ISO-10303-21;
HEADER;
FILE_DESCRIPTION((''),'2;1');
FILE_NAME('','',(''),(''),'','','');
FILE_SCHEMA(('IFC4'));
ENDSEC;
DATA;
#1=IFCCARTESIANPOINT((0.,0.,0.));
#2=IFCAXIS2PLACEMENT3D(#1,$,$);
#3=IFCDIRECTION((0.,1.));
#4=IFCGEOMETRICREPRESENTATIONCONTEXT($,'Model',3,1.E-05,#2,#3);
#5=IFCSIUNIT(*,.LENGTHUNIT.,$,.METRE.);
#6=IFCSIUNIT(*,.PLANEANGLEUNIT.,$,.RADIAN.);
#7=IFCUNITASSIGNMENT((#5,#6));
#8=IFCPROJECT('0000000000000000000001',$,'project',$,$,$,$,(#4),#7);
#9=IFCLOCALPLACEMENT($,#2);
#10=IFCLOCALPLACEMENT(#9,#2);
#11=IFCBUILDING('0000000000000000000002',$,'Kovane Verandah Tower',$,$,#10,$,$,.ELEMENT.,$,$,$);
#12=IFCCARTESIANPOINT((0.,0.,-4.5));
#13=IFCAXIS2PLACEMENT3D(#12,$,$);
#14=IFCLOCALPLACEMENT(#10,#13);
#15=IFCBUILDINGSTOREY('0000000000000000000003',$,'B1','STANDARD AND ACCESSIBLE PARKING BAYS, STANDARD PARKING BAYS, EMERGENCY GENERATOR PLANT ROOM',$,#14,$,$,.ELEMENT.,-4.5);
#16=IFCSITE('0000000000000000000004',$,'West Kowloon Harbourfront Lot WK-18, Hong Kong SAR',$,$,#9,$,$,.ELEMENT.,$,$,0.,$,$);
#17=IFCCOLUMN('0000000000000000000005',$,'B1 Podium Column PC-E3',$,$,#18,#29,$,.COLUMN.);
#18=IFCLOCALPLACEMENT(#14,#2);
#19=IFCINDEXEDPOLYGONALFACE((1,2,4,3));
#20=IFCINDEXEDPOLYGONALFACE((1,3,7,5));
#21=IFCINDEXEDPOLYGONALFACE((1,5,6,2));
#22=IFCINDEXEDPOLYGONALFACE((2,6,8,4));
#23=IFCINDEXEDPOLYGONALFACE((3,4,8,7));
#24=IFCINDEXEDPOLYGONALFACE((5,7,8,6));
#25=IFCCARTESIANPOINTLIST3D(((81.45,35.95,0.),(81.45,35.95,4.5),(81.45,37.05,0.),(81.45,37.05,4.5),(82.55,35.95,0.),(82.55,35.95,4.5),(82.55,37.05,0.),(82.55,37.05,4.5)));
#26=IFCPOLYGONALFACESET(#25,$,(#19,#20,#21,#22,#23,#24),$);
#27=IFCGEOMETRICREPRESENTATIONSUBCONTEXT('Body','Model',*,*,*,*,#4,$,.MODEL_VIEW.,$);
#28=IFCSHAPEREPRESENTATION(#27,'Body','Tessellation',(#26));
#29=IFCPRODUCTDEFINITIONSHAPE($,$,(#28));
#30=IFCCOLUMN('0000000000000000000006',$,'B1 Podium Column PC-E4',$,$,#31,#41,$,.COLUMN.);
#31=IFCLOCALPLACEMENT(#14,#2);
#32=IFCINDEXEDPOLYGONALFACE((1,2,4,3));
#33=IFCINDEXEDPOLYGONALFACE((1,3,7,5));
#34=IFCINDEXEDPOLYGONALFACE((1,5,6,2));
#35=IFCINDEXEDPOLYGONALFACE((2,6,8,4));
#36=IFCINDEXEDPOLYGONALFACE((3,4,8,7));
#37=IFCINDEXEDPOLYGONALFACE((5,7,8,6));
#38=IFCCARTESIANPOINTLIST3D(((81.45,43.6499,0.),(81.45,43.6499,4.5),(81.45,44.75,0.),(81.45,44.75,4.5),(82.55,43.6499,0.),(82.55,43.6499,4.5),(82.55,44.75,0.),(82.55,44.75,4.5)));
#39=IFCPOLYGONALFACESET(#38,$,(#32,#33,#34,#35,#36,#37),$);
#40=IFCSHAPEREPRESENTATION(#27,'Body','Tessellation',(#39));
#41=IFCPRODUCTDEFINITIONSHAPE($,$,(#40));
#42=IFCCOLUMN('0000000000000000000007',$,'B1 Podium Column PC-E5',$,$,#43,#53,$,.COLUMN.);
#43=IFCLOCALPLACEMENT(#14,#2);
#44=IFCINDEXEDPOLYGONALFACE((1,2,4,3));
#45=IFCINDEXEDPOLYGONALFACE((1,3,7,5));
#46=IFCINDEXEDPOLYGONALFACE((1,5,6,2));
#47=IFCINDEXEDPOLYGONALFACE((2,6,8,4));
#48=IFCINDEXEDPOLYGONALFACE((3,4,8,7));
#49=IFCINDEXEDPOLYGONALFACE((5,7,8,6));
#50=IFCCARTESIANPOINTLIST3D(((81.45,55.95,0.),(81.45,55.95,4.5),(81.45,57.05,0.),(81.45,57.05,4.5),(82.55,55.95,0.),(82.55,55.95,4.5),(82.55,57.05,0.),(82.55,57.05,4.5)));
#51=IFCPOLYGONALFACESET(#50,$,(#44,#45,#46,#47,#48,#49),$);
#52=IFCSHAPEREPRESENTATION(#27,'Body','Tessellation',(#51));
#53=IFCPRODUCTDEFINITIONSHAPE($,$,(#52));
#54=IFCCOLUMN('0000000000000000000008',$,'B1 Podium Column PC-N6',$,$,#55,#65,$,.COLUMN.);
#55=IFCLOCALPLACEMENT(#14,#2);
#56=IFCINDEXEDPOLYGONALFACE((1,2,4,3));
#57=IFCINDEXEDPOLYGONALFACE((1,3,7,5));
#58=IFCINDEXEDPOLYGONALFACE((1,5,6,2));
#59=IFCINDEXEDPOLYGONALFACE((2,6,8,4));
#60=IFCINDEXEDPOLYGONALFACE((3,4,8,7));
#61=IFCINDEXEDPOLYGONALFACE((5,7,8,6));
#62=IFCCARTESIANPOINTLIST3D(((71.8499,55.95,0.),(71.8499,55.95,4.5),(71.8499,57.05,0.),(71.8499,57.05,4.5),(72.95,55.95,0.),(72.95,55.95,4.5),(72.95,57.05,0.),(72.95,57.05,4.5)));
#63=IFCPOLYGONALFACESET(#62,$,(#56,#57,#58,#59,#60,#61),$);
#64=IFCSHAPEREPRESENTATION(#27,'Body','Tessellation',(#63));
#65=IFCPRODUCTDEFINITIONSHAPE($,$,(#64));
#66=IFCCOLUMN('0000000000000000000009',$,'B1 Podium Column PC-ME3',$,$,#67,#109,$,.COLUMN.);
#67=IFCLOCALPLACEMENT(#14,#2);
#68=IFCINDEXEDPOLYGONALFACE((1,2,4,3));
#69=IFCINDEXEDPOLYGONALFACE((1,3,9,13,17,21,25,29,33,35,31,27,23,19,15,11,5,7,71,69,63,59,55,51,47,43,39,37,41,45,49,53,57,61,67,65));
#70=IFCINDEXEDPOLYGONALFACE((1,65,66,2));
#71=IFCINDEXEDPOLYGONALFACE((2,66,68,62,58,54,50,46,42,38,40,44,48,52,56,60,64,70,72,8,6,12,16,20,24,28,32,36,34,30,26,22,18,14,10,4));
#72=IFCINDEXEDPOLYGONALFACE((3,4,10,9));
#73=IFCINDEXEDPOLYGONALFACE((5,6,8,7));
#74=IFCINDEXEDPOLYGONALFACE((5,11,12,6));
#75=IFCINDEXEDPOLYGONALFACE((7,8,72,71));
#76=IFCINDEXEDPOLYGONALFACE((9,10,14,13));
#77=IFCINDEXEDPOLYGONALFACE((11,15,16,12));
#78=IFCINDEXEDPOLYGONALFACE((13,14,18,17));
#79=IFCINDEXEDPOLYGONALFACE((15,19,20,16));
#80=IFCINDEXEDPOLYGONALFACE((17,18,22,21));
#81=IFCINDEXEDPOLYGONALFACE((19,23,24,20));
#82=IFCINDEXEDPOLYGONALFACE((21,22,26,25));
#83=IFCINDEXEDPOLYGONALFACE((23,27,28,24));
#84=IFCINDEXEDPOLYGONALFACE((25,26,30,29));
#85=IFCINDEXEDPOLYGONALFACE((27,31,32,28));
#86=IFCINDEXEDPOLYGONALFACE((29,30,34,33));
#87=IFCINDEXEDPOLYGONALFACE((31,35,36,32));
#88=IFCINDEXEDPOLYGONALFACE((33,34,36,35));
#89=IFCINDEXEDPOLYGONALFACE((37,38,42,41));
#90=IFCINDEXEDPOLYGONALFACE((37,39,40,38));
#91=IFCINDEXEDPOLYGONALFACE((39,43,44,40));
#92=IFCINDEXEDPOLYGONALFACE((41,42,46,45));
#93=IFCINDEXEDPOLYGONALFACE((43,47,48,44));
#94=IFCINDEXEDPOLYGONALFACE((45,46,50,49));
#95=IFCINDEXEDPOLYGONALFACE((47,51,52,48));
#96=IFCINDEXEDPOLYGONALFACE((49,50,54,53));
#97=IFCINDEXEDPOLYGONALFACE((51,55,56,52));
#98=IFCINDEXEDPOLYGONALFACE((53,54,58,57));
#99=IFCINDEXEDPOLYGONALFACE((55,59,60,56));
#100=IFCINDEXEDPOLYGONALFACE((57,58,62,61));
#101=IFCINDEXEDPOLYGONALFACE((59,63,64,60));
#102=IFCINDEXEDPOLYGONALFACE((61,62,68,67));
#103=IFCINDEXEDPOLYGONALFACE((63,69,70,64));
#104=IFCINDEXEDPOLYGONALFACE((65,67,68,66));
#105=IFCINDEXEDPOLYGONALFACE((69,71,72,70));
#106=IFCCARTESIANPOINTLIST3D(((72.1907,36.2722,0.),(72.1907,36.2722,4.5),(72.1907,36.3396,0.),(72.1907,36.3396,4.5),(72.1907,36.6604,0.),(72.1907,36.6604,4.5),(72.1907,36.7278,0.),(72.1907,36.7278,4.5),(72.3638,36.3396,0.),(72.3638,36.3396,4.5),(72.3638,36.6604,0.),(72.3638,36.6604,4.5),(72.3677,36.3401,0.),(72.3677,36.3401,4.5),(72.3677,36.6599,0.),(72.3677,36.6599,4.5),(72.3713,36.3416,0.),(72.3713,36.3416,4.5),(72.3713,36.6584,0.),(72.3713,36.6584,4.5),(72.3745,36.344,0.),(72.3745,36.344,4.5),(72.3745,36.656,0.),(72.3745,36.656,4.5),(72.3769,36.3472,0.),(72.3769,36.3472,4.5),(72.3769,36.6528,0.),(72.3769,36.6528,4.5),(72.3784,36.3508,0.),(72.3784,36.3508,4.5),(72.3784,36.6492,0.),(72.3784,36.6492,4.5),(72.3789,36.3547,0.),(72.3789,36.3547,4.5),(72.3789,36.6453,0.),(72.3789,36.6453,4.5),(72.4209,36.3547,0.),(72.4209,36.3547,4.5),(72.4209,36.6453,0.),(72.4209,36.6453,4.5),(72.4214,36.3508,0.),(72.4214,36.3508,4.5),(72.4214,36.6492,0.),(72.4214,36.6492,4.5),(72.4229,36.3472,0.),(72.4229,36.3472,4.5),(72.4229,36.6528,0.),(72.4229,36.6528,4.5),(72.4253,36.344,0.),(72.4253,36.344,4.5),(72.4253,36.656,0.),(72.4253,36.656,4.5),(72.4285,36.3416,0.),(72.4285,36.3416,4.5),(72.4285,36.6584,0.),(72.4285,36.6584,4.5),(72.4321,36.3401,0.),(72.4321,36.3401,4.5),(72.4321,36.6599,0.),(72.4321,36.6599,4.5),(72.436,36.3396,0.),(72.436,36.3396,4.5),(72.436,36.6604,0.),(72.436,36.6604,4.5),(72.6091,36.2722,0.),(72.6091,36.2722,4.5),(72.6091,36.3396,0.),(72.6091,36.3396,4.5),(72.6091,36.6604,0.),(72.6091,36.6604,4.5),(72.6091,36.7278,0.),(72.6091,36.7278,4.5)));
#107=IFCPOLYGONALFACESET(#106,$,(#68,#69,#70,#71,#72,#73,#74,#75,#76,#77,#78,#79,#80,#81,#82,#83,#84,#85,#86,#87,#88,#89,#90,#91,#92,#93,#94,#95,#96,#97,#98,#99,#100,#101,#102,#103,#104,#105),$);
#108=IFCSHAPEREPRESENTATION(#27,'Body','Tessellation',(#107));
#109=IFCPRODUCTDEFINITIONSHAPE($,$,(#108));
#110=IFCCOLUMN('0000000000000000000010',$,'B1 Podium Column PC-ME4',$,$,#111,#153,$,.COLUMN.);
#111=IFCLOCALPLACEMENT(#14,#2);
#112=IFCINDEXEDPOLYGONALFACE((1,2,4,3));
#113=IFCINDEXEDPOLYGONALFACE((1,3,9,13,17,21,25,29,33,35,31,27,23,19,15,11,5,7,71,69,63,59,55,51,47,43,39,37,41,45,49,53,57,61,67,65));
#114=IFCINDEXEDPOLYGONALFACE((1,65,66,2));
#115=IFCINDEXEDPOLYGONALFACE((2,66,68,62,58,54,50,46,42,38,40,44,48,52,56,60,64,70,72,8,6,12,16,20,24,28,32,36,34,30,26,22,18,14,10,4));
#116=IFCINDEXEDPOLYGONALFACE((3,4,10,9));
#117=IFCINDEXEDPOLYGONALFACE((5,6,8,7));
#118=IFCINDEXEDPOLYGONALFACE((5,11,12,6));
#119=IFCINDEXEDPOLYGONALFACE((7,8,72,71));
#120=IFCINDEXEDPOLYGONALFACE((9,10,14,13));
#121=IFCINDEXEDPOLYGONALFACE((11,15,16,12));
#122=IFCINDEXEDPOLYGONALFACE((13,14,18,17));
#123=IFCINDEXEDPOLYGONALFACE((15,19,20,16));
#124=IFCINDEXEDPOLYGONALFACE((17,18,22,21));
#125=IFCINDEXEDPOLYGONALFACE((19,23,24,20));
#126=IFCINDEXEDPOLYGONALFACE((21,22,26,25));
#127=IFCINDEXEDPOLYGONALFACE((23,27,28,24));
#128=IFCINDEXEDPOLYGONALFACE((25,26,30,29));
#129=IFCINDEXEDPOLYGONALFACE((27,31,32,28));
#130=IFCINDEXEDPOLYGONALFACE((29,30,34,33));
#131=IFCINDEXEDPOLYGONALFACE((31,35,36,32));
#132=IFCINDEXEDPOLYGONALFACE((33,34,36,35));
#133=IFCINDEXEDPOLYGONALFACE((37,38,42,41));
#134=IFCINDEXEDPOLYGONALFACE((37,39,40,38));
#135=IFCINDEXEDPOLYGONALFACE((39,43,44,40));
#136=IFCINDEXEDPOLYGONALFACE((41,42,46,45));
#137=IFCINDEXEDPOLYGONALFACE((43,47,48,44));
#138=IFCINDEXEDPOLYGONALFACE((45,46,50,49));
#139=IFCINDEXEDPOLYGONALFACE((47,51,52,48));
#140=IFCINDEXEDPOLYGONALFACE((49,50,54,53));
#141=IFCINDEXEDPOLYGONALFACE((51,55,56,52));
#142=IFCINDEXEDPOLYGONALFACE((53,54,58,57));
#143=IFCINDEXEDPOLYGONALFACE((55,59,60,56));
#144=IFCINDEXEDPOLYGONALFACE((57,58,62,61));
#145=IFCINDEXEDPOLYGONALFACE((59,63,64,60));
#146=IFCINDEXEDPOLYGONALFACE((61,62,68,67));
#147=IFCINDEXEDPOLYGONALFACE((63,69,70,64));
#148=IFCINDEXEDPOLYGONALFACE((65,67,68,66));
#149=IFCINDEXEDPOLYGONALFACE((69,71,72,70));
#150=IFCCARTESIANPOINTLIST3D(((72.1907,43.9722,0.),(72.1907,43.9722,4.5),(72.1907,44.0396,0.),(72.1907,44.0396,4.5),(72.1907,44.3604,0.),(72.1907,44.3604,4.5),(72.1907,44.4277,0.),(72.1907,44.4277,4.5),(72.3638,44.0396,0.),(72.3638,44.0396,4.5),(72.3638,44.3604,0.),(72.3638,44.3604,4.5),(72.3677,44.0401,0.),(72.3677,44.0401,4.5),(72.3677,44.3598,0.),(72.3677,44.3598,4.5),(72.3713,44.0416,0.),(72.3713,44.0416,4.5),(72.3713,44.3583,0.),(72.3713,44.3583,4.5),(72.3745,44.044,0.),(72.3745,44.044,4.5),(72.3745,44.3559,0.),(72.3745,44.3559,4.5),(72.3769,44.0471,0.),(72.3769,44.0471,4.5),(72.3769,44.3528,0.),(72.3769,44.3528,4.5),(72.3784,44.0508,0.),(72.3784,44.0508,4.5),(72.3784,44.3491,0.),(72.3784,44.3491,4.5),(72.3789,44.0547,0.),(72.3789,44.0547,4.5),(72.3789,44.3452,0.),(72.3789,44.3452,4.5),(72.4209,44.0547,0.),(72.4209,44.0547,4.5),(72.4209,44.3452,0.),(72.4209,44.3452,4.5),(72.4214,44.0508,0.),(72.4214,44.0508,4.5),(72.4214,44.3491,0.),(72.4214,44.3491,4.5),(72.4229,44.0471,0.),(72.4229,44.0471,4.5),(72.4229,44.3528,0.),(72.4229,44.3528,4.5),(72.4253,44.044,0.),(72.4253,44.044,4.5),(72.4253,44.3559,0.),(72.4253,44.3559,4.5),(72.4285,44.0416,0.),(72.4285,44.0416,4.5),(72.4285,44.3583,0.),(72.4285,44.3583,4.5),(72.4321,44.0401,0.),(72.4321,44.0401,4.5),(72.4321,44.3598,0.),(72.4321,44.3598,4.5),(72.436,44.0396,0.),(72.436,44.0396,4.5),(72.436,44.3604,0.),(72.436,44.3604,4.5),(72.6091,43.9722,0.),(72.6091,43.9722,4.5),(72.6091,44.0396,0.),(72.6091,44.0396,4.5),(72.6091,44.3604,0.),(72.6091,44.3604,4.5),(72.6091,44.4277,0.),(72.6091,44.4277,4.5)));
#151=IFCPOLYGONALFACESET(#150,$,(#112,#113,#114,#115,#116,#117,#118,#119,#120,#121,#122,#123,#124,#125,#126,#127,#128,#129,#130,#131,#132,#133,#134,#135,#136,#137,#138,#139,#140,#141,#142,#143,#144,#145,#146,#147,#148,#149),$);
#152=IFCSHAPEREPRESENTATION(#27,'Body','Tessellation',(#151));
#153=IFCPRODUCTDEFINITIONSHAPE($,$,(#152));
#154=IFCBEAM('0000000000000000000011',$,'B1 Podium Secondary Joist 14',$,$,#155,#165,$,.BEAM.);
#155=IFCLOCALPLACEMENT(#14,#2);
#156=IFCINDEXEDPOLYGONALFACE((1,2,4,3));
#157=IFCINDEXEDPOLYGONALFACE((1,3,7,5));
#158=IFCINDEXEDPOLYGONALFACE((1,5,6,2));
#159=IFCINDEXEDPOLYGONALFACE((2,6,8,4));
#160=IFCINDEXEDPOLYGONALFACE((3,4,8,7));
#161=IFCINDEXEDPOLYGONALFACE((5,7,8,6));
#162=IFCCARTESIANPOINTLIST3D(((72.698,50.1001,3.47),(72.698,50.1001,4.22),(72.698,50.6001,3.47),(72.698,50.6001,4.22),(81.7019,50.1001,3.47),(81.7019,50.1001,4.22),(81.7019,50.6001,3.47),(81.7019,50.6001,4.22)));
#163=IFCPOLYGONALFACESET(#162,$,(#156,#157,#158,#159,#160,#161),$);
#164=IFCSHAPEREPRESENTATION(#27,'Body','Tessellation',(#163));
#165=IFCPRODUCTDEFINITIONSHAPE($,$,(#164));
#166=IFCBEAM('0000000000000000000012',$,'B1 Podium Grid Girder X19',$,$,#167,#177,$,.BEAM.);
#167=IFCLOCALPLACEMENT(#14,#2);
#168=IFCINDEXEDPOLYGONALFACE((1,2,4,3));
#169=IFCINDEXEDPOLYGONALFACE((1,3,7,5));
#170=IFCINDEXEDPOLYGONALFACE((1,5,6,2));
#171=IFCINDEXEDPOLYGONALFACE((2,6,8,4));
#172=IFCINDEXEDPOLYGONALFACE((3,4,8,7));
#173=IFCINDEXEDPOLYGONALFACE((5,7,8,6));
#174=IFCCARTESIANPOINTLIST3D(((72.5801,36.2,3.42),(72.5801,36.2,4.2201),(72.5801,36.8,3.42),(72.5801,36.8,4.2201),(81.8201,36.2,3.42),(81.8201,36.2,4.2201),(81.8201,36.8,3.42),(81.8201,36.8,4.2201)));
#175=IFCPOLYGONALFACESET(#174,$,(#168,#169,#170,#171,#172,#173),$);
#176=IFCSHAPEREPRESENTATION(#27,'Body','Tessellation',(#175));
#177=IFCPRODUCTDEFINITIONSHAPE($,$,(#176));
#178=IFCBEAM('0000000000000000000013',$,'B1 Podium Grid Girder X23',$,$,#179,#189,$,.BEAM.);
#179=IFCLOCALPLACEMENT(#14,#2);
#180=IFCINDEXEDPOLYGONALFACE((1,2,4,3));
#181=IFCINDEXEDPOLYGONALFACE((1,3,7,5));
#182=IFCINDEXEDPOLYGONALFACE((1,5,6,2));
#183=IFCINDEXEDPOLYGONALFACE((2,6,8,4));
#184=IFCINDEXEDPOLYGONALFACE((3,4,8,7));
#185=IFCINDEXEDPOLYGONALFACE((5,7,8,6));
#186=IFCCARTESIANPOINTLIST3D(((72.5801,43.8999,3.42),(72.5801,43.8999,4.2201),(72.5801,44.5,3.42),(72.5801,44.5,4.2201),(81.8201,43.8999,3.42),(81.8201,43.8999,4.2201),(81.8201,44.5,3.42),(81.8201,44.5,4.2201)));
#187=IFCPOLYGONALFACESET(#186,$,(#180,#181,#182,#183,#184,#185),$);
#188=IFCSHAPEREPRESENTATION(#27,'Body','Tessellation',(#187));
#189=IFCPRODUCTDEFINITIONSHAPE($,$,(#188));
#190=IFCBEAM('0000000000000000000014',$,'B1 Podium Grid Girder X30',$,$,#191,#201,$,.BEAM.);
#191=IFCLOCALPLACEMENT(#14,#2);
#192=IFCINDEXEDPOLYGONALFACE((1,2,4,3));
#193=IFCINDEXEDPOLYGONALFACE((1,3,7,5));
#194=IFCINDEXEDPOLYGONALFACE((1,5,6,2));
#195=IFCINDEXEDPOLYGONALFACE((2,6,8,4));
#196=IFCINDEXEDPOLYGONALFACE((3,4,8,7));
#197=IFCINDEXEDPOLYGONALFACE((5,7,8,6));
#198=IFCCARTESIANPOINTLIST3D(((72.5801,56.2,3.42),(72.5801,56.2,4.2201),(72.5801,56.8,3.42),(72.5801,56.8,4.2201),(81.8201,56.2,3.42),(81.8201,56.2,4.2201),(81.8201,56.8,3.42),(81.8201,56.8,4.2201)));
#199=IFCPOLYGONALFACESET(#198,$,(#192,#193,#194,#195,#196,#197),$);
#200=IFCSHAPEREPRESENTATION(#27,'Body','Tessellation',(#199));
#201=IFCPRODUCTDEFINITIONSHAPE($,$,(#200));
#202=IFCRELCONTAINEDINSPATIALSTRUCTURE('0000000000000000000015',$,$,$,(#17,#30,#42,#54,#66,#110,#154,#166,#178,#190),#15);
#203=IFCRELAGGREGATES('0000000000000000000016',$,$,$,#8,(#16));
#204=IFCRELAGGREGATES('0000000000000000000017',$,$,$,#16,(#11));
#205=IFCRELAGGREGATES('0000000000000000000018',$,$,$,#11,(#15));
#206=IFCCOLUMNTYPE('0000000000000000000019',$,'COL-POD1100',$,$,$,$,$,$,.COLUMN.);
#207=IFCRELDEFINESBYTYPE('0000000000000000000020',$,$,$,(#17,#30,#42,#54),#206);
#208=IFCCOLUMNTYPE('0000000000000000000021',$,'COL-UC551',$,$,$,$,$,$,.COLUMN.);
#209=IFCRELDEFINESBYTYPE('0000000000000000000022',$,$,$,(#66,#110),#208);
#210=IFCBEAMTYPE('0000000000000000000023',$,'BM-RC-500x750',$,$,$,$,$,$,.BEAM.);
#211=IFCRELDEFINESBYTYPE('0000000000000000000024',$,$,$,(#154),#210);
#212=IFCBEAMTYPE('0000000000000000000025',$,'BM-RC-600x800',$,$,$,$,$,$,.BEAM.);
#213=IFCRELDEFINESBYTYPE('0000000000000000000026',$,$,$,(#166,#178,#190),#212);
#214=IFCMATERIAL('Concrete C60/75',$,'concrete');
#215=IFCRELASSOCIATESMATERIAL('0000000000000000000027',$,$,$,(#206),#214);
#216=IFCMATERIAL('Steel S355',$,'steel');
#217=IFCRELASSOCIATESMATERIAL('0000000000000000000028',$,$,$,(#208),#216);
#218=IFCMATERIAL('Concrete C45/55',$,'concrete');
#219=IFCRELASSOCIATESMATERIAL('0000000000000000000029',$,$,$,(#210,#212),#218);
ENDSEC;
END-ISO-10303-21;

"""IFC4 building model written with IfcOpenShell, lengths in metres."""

from ifc_helpers import new_model, si_unit, direction, frame, origin, origin_2d, place, context, subcontext, project, spatial, rectangle, i_section, extrude, material, material_profile, profile_set, type_object, element, save


model = new_model("IFC4")

# Units and contexts
model_context = context("Model", 3, precision=1e-05, world=origin(), true_north=direction((0.0, 1.0)))
body_context = subcontext(model_context, "Body", "Model", "MODEL_VIEW")
ifc_project = project(units=[si_unit("LENGTHUNIT", "METRE"), si_unit("PLANEANGLEUNIT", "RADIAN")], contexts=[model_context])

# Site, building, storey
site_placement = place(None, origin())
site = spatial("IfcSite", under=ifc_project, at=site_placement, Name="West Kowloon Harbourfront Lot WK-18, Hong Kong SAR", CompositionType="ELEMENT", RefElevation=0.0)
building_placement = place(site_placement, origin())
building = spatial("IfcBuilding", under=site, at=building_placement, Name="Kovane Verandah Tower", CompositionType="ELEMENT")
storey_placement = place(building_placement, frame((0.0, 0.0, -4.5)))
storey = spatial("IfcBuildingStorey", under=building, at=storey_placement, Name="B1", Description="STANDARD AND ACCESSIBLE PARKING BAYS, STANDARD PARKING BAYS, EMERGENCY GENERATOR PLANT ROOM", CompositionType="ELEMENT", Elevation=-4.5)

# Columns
ifc_material_1 = material(Name="Concrete C60/75", Category="concrete")
ifc_material_profile_1 = material_profile(ifc_material_1, rectangle(XDim=1.1001, YDim=1.1001, at=origin_2d()), Name="RC1100x1100")
ifc_profile_set_1 = profile_set([ifc_material_profile_1], Name="Concrete C60/75")
column_type_1 = type_object("IfcColumnType", Name="COL-POD1100", PredefinedType="COLUMN", material=ifc_profile_set_1)
for number, where, z_axis, x_axis, name in (
    (1, (82.0, 36.5, 0.0), (0.0, 0.0, 1.0), (1.0, 0.0, 0.0), "B1 Podium Column PC-E3"),
    (2, (82.0, 44.2, 0.0), (0.0, 0.0, 1.0), (1.0, 0.0, 0.0), "B1 Podium Column PC-E4"),
    (3, (82.0, 56.5, 0.0), (0.0, 0.0, 1.0), (1.0, 0.0, 0.0), "B1 Podium Column PC-E5"),
    (4, (72.3999, 56.5, 0.0), (0.0, 0.0, 1.0), (1.0, 0.0, 0.0), "B1 Podium Column PC-N6"),
):
    element("IfcColumn", number, at=place(storey_placement, frame(where, z_axis=z_axis, x_axis=x_axis)), inside=storey, type_object=column_type_1, Name=name, PredefinedType="COLUMN", context=body_context, shape_type="SweptSolid", body=[
        extrude(rectangle(XDim=1.1001, YDim=1.1001, at=origin_2d()), origin(), (0.0, 0.0, 1.0), 4.5),
    ])
ifc_material_2 = material(Name="Steel S355", Category="steel")
ifc_material_profile_2 = material_profile(ifc_material_2, i_section(OverallWidth=0.4185, OverallDepth=0.4556, WebThickness=0.042, FlangeThickness=0.0674, FilletRadius=0.0151, at=origin_2d()), Name="UC356x406x551")
ifc_profile_set_2 = profile_set([ifc_material_profile_2], Name="Steel S355")
column_type_2 = type_object("IfcColumnType", Name="COL-UC551", PredefinedType="COLUMN", material=ifc_profile_set_2)
for number, where, z_axis, x_axis, name in (
    (5, (72.3999, 36.5, 0.0), (0.0, 0.0, 1.0), (1.0, 0.0, 0.0), "B1 Podium Column PC-ME3"),
    (6, (72.3999, 44.2, 0.0), (0.0, 0.0, 1.0), (1.0, 0.0, 0.0), "B1 Podium Column PC-ME4"),
):
    element("IfcColumn", number, at=place(storey_placement, frame(where, z_axis=z_axis, x_axis=x_axis)), inside=storey, type_object=column_type_2, Name=name, PredefinedType="COLUMN", context=body_context, shape_type="SweptSolid", body=[
        extrude(i_section(OverallWidth=0.4185, OverallDepth=0.4556, WebThickness=0.042, FlangeThickness=0.0674, FilletRadius=0.0151, at=origin_2d()), origin(), (0.0, 0.0, 1.0), 4.5),
    ])

# Beams
ifc_material_3 = material(Name="Concrete C45/55", Category="concrete")
ifc_material_profile_3 = material_profile(ifc_material_3, rectangle(XDim=0.5, YDim=0.75, at=origin_2d()), Name="RCB500x750")
ifc_profile_set_3 = profile_set([ifc_material_profile_3], Name="Concrete C45/55")
beam_type_1 = type_object("IfcBeamType", Name="BM-RC-500x750", PredefinedType="BEAM", material=ifc_profile_set_3)
beam_1_placement = place(storey_placement, frame((72.698, 50.3501, 3.845), z_axis=(1.0, 0.0, 0.0), x_axis=(0.0, 1.0, 0.0)))
element("IfcBeam", 7, at=beam_1_placement, inside=storey, type_object=beam_type_1, Name="B1 Podium Secondary Joist 14", PredefinedType="BEAM", context=body_context, shape_type="SweptSolid", body=[
    extrude(rectangle(XDim=0.5, YDim=0.75, at=origin_2d()), origin(), (0.0, 0.0, 1.0), 9.0039),
])
ifc_material_profile_4 = material_profile(ifc_material_3, rectangle(XDim=0.6001, YDim=0.8, at=origin_2d()), Name="RCB600x800")
ifc_profile_set_4 = profile_set([ifc_material_profile_4], Name="Concrete C45/55")
beam_type_2 = type_object("IfcBeamType", Name="BM-RC-600x800", PredefinedType="BEAM", material=ifc_profile_set_4)
for number, where, z_axis, x_axis, name in (
    (8, (72.5801, 36.5, 3.8201), (1.0, 0.0, 0.0), (0.0, 1.0, 0.0), "B1 Podium Grid Girder X19"),
    (9, (72.5801, 44.2, 3.8201), (1.0, 0.0, 0.0), (0.0, 1.0, 0.0), "B1 Podium Grid Girder X23"),
    (10, (72.5801, 56.5, 3.8201), (1.0, 0.0, 0.0), (0.0, 1.0, 0.0), "B1 Podium Grid Girder X30"),
):
    element("IfcBeam", number, at=place(storey_placement, frame(where, z_axis=z_axis, x_axis=x_axis)), inside=storey, type_object=beam_type_2, Name=name, PredefinedType="BEAM", context=body_context, shape_type="SweptSolid", body=[
        extrude(rectangle(XDim=0.6001, YDim=0.8, at=origin_2d()), origin(), (0.0, 0.0, 1.0), 9.24),
    ])

save(model, "model.ifc")
